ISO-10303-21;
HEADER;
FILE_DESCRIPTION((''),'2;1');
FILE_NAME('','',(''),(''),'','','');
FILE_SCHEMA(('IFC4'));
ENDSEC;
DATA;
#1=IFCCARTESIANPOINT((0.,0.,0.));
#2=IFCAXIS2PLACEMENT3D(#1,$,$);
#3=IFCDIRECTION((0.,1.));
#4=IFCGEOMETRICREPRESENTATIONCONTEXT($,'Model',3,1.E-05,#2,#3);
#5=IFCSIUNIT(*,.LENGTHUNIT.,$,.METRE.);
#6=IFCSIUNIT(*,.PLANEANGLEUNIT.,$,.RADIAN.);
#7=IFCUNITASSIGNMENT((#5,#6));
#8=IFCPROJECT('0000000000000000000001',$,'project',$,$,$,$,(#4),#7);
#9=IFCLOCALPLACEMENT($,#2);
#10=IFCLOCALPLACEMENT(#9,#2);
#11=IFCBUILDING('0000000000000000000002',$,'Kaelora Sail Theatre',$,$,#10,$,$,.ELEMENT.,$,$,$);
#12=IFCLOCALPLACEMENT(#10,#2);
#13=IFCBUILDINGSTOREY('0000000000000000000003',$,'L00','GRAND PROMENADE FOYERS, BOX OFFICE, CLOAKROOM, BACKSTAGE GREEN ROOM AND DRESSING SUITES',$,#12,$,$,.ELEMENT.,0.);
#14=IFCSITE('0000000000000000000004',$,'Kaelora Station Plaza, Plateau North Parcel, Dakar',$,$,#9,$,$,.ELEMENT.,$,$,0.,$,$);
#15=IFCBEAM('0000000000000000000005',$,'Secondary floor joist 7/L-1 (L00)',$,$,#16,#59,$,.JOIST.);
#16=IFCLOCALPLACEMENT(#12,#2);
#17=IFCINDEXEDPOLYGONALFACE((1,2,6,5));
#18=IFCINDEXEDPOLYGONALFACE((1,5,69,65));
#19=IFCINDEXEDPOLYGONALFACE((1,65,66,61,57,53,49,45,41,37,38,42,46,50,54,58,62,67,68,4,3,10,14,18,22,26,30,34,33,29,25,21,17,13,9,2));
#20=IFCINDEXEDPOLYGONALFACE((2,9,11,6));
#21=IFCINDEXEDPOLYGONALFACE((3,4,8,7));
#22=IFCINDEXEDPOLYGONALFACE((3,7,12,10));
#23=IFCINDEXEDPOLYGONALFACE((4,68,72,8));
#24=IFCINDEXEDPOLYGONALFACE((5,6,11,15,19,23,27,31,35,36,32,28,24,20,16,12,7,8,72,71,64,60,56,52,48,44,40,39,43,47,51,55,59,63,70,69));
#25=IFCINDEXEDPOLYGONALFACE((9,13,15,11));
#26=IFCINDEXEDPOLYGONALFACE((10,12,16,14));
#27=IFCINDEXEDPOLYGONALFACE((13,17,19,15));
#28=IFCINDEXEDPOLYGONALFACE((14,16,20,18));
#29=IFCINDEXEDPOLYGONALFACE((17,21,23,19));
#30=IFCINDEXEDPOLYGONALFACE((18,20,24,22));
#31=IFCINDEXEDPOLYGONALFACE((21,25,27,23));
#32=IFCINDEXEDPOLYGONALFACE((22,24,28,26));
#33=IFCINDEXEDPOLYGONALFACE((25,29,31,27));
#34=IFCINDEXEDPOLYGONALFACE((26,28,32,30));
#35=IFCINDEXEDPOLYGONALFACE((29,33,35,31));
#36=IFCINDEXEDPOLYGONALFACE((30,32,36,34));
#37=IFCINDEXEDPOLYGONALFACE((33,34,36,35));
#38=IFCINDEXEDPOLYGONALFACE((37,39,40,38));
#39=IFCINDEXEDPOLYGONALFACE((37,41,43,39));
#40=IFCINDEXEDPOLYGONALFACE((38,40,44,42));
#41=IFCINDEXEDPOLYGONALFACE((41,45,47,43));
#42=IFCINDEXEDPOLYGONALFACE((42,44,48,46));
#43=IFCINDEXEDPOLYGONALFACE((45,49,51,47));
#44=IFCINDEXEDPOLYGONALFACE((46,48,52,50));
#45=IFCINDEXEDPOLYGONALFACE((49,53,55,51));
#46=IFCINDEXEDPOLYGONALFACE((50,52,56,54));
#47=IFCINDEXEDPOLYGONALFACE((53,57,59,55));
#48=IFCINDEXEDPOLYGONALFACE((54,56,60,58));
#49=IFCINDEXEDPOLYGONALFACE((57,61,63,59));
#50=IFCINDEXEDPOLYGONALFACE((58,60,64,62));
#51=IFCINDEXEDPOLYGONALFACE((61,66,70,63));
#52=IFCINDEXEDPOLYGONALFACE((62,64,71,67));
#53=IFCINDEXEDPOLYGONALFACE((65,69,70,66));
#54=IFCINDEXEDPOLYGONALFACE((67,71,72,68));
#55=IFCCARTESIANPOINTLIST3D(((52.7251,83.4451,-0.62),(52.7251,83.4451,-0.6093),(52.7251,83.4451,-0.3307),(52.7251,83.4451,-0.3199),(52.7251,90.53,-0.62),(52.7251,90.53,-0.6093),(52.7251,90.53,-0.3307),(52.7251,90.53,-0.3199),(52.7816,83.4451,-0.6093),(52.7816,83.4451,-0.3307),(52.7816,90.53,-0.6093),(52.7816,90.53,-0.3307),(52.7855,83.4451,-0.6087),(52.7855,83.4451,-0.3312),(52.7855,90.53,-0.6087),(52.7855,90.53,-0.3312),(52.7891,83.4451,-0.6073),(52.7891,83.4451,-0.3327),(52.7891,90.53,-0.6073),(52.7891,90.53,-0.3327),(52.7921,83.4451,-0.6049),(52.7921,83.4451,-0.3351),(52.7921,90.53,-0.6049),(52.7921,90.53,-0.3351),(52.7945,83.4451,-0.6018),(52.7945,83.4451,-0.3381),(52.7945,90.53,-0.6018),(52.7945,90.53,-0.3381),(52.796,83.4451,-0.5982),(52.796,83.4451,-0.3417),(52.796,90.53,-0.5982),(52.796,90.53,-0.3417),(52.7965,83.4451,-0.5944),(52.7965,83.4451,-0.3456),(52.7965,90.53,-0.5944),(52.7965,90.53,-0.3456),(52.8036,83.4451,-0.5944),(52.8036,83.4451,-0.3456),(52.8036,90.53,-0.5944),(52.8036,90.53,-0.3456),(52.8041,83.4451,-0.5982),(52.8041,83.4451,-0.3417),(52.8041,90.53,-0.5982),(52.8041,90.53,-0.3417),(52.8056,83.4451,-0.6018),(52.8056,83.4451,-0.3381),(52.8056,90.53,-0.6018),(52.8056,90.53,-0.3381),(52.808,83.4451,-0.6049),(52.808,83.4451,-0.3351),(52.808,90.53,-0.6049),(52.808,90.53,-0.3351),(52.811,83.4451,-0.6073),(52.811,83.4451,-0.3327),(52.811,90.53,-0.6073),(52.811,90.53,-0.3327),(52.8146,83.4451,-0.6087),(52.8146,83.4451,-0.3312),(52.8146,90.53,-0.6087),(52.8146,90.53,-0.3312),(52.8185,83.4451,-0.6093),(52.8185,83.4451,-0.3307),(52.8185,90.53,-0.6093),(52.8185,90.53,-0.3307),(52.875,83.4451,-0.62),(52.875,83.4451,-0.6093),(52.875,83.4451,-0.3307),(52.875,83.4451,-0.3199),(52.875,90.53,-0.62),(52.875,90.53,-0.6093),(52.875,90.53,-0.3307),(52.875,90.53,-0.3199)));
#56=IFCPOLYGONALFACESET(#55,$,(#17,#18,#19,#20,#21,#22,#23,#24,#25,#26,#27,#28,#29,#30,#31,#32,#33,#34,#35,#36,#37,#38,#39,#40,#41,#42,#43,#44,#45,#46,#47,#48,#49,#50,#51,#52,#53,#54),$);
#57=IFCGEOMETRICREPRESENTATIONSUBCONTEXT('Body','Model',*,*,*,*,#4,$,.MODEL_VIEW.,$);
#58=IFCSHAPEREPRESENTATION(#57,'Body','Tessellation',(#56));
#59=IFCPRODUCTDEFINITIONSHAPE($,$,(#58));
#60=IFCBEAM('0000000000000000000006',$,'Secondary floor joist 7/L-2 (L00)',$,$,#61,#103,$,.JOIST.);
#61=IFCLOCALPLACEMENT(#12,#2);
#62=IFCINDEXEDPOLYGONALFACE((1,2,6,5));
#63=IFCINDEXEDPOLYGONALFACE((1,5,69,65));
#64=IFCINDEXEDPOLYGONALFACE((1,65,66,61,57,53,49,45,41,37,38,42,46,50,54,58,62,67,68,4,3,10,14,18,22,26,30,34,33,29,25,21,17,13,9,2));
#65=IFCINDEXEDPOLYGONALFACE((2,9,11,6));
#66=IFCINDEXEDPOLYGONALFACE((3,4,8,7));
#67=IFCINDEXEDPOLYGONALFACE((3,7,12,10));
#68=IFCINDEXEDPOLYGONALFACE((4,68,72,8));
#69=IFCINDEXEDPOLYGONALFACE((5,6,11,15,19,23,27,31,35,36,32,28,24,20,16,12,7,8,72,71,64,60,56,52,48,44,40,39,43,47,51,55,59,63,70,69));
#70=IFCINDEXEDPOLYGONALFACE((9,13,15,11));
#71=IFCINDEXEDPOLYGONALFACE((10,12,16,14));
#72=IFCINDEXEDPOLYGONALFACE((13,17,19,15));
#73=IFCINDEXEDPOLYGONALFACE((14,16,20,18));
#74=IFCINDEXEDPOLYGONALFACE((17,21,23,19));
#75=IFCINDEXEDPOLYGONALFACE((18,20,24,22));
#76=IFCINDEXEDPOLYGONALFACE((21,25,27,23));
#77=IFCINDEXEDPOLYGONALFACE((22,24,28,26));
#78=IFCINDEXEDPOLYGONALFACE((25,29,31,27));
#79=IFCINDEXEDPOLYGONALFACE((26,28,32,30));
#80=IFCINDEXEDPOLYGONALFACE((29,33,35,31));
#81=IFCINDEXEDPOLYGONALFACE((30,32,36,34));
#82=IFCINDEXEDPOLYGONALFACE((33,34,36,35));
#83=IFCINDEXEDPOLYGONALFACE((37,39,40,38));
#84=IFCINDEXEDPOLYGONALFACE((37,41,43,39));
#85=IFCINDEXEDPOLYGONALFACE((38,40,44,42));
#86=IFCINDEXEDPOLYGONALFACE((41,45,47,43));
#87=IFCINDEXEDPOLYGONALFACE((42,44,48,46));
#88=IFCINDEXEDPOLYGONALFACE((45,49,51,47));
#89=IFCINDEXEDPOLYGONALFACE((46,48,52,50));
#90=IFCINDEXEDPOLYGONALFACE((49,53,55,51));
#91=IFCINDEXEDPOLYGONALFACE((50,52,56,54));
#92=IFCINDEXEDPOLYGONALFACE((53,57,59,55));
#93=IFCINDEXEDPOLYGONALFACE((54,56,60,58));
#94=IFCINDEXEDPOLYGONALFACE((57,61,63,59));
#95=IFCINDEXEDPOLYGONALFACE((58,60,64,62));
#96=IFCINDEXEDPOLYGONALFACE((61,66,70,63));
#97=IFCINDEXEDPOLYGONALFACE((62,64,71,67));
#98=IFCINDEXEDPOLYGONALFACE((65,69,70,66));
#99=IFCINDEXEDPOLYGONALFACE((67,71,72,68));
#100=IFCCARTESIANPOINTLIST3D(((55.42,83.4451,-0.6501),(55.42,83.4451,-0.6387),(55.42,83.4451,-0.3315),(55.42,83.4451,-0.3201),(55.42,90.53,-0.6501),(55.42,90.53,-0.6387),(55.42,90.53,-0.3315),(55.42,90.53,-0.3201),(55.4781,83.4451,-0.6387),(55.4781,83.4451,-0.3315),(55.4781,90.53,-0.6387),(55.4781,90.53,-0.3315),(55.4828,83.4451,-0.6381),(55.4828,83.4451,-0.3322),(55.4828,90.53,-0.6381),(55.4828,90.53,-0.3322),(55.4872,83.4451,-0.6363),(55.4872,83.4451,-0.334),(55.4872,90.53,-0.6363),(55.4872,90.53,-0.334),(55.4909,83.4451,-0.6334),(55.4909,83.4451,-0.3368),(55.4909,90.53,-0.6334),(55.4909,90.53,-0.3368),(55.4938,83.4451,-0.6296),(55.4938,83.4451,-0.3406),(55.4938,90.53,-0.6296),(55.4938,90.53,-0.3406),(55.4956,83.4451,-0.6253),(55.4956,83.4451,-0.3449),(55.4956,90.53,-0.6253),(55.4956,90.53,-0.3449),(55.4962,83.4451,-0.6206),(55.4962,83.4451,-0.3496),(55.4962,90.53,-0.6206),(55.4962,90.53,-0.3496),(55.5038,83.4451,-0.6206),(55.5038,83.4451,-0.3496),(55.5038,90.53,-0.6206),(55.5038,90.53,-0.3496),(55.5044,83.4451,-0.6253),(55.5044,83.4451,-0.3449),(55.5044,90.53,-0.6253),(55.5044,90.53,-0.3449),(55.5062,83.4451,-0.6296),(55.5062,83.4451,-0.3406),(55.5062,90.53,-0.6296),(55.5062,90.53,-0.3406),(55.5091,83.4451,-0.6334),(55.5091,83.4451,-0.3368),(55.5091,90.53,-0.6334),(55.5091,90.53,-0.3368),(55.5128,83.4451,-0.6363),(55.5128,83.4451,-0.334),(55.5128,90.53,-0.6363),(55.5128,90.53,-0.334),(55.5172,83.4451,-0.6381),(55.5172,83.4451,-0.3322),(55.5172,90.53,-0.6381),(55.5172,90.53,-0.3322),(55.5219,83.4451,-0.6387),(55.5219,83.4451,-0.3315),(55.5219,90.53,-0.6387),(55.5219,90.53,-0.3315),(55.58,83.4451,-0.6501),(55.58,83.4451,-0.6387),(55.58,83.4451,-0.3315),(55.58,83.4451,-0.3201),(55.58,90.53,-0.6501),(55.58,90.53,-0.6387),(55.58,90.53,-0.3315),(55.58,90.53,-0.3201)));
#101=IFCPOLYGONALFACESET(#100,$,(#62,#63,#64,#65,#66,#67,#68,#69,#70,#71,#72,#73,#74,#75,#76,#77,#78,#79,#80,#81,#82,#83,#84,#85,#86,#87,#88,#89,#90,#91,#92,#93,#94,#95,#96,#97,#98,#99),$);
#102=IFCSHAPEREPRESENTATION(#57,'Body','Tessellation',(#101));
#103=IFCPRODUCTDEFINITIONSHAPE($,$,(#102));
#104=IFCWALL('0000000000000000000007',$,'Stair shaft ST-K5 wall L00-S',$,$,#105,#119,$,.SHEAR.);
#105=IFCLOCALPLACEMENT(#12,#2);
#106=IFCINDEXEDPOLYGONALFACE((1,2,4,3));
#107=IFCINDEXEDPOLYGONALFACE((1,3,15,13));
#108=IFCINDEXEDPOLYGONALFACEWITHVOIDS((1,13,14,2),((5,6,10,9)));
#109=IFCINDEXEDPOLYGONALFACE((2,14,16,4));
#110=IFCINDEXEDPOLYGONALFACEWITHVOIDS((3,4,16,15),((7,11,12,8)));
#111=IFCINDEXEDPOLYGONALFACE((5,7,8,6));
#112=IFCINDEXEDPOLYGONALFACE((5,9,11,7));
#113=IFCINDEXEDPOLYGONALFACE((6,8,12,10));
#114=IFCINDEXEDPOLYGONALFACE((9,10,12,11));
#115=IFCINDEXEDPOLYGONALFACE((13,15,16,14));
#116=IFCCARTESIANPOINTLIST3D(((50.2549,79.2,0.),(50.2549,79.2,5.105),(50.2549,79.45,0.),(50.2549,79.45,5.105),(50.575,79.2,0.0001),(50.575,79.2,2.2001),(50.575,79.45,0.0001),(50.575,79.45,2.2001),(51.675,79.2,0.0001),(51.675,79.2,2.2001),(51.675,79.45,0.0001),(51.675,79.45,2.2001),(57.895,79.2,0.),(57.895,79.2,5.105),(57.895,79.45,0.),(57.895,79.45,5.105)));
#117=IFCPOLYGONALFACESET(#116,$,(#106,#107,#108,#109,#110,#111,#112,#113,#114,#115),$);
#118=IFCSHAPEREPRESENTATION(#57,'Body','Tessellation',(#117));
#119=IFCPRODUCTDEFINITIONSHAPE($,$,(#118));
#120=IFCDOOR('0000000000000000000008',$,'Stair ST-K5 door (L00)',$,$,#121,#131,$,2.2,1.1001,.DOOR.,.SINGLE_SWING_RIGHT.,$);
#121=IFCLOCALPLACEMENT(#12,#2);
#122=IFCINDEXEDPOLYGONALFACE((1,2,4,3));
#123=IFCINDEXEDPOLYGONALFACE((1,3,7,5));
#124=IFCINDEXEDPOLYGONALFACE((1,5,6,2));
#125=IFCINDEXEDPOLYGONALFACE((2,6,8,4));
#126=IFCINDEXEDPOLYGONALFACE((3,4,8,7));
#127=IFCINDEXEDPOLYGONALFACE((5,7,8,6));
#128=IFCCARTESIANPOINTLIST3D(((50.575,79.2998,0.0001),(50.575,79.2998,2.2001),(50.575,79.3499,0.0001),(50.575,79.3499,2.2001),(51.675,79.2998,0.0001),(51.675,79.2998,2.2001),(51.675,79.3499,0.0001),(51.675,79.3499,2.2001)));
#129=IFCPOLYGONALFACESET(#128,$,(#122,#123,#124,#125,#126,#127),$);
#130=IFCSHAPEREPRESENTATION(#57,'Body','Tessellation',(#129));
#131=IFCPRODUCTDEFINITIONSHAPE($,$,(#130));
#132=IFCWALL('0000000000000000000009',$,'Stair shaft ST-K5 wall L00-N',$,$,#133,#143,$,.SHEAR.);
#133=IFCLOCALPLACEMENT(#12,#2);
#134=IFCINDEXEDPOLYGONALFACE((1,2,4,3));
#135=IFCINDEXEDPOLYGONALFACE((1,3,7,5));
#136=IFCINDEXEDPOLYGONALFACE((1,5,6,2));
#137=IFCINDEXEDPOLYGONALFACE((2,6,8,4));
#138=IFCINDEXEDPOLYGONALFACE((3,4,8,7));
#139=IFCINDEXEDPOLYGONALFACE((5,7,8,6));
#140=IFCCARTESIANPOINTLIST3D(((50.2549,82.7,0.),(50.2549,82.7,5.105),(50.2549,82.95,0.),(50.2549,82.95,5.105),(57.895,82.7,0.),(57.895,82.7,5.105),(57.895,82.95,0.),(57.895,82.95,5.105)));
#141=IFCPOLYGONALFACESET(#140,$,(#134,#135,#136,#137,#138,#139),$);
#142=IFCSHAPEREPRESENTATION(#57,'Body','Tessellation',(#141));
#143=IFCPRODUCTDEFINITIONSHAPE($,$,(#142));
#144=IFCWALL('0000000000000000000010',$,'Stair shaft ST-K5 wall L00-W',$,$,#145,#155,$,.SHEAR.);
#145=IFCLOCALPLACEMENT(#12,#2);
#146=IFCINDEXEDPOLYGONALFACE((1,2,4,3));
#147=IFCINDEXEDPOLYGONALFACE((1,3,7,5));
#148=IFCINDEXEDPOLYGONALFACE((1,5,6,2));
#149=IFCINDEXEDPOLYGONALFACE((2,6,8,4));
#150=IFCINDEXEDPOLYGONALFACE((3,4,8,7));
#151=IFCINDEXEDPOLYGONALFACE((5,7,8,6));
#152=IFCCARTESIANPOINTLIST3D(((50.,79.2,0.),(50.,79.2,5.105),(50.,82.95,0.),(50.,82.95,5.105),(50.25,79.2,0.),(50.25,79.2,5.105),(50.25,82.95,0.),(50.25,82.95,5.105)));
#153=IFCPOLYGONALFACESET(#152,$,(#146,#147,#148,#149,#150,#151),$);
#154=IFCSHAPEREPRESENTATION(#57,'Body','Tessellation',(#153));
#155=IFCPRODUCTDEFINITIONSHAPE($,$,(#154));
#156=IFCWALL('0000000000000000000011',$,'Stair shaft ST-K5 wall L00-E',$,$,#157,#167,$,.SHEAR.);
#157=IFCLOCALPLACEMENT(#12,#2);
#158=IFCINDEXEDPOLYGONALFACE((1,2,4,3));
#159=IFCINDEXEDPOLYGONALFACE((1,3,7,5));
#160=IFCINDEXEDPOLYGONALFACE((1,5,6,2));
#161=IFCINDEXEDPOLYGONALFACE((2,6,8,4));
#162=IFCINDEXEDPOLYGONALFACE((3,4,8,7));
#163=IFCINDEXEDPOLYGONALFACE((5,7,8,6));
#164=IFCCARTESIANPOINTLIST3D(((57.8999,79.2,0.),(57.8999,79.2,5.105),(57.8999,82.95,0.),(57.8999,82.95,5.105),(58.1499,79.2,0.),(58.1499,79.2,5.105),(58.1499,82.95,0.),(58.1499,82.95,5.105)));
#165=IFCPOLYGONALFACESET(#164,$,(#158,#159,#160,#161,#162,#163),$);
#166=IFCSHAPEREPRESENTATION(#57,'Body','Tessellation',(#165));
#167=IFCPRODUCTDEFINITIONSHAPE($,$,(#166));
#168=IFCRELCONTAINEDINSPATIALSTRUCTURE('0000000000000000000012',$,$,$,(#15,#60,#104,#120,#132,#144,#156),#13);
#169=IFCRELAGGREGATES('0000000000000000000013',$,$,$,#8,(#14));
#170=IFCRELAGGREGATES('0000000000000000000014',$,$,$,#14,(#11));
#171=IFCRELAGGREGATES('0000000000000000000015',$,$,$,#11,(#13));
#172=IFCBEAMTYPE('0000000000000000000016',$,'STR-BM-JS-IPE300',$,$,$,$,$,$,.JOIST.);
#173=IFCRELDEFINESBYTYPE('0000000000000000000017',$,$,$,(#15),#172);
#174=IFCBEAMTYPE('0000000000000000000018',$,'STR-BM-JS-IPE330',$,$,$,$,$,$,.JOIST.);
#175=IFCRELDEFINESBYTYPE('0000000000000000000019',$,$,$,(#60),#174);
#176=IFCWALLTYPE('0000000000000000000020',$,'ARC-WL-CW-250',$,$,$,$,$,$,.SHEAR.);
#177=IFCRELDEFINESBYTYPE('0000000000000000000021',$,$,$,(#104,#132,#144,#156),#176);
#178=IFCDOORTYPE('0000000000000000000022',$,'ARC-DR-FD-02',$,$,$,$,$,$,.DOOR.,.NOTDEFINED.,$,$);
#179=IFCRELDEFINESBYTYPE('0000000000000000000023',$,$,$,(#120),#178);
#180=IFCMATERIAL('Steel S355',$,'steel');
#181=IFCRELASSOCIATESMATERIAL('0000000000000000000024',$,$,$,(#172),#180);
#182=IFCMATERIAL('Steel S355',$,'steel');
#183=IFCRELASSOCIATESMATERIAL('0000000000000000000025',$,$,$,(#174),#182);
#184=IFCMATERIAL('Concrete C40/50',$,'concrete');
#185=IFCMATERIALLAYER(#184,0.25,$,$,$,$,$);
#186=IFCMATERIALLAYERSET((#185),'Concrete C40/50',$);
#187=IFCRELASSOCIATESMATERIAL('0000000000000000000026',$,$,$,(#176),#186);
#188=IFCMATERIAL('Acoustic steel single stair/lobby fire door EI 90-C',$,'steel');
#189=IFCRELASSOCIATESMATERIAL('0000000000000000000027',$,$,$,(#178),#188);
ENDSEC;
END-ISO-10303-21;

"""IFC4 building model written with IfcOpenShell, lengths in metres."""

from ifc_helpers import new_model, si_unit, direction, frame, frame_2d, origin, origin_2d, place, context, subcontext, project, spatial, rectangle, i_section, extrude, material, layer, layer_set, material_profile, profile_set, type_object, element, fill, save


model = new_model("IFC4")

# Units and contexts
model_context = context("Model", 3, precision=1e-05, world=origin(), true_north=direction((0.0, 1.0)))
body_context = subcontext(model_context, "Body", "Model", "MODEL_VIEW")
ifc_project = project(units=[si_unit("LENGTHUNIT", "METRE"), si_unit("PLANEANGLEUNIT", "RADIAN")], contexts=[model_context])

# Site, building, storey
site_placement = place(None, origin())
site = spatial("IfcSite", under=ifc_project, at=site_placement, Name="Kaelora Station Plaza, Plateau North Parcel, Dakar", CompositionType="ELEMENT", RefElevation=0.0)
building_placement = place(site_placement, origin())
building = spatial("IfcBuilding", under=site, at=building_placement, Name="Kaelora Sail Theatre", CompositionType="ELEMENT")
storey_placement = place(building_placement, origin())
storey = spatial("IfcBuildingStorey", under=building, at=storey_placement, Name="L00", Description="GRAND PROMENADE FOYERS, BOX OFFICE, CLOAKROOM, BACKSTAGE GREEN ROOM AND DRESSING SUITES", CompositionType="ELEMENT", Elevation=0.0)

# Beams
ifc_material_1 = material(Name="Steel S355", Category="steel")
ifc_material_profile_1 = material_profile(ifc_material_1, i_section(OverallWidth=0.1499, OverallDepth=0.3, WebThickness=0.0071, FlangeThickness=0.0107, FilletRadius=0.0149, at=origin_2d()), Name="IPE 300")
ifc_profile_set_1 = profile_set([ifc_material_profile_1], Name="Steel S355")
beam_type_1 = type_object("IfcBeamType", Name="STR-BM-JS-IPE300", PredefinedType="JOIST", material=ifc_profile_set_1)
beam_1_placement = place(storey_placement, frame((52.8, 83.4451, -0.47), z_axis=(0.0, 1.0, 0.0), x_axis=(-1.0, 0.0, 0.0)))
element("IfcBeam", 1, at=beam_1_placement, inside=storey, type_object=beam_type_1, Name="Secondary floor joist 7/L-1 (L00)", PredefinedType="JOIST", context=body_context, shape_type="SweptSolid", body=[
    extrude(i_section(OverallWidth=0.1499, OverallDepth=0.3, WebThickness=0.0071, FlangeThickness=0.0107, FilletRadius=0.0149, at=origin_2d()), origin(), (0.0, 0.0, 1.0), 7.085),
])
ifc_material_2 = material(Name="Steel S355", Category="steel")
ifc_material_profile_2 = material_profile(ifc_material_2, i_section(OverallWidth=0.1599, OverallDepth=0.3301, WebThickness=0.0076, FlangeThickness=0.0115, FilletRadius=0.0181, at=origin_2d()), Name="IPE 330")
ifc_profile_set_2 = profile_set([ifc_material_profile_2], Name="Steel S355")
beam_type_2 = type_object("IfcBeamType", Name="STR-BM-JS-IPE330", PredefinedType="JOIST", material=ifc_profile_set_2)
beam_2_placement = place(storey_placement, frame((55.5, 83.4451, -0.4851), z_axis=(0.0, 1.0, 0.0), x_axis=(-1.0, 0.0, 0.0)))
element("IfcBeam", 2, at=beam_2_placement, inside=storey, type_object=beam_type_2, Name="Secondary floor joist 7/L-2 (L00)", PredefinedType="JOIST", context=body_context, shape_type="SweptSolid", body=[
    extrude(i_section(OverallWidth=0.1599, OverallDepth=0.3301, WebThickness=0.0076, FlangeThickness=0.0115, FilletRadius=0.0181, at=origin_2d()), origin(), (0.0, 0.0, 1.0), 7.085),
])

# Wall, opening, door
ifc_material_3 = material(Name="Concrete C40/50", Category="concrete")
ifc_layer_1 = layer(ifc_material_3, 0.25)
ifc_layer_set_1 = layer_set([ifc_layer_1], Name="Concrete C40/50")
wall_type_1 = type_object("IfcWallType", Name="ARC-WL-CW-250", PredefinedType="SHEAR", material=ifc_layer_set_1)
wall_1_placement = place(storey_placement, frame((50.2549, 79.325, 0.0), z_axis=(0.0, 0.0, 1.0), x_axis=(1.0, 0.0, 0.0)))
wall_1 = element("IfcWall", 3, at=wall_1_placement, inside=storey, type_object=wall_type_1, Name="Stair shaft ST-K5 wall L00-S", PredefinedType="SHEAR", context=body_context, shape_type="SweptSolid", body=[
    extrude(rectangle(XDim=7.6401, YDim=0.25, at=frame_2d((3.8201, 0.0))), origin(), (0.0, 0.0, 1.0), 5.105),
])
opening_1_placement = place(wall_1_placement, frame((0.3201, 0.0, 0.0)))
opening_1 = element("IfcOpeningElement", 4, at=opening_1_placement, cuts=wall_1, PredefinedType="OPENING", context=body_context, shape_type="SweptSolid", body=[
    extrude(rectangle(XDim=1.1001, YDim=2.2, at=frame_2d((0.55, 1.1001))), frame((0.0, 0.135, 0.0), z_axis=(0.0, -1.0, 0.0), x_axis=(1.0, 0.0, 0.0)), (0.0, 0.0, 1.0), 0.27),
])
ifc_material_4 = material(Name="Acoustic steel single stair/lobby fire door EI 90-C", Category="steel")
door_type_1 = type_object("IfcDoorType", Name="ARC-DR-FD-02", OperationType="NOTDEFINED", PredefinedType="DOOR", material=ifc_material_4)
door_1_placement = place(opening_1_placement, origin())
door_1 = element("IfcDoor", 5, at=door_1_placement, inside=storey, type_object=door_type_1, Name="Stair ST-K5 door (L00)", OperationType="SINGLE_SWING_RIGHT", OverallHeight=2.2, OverallWidth=1.1001, PredefinedType="DOOR", context=body_context, shape_type="SweptSolid", body=[
    extrude(rectangle(XDim=1.1001, YDim=2.2, at=frame_2d((0.55, 1.1001))), frame((0.0, 0.0249, 0.0), z_axis=(0.0, -1.0, 0.0), x_axis=(1.0, 0.0, 0.0)), (0.0, 0.0, 1.0), 0.05),
])
fill(opening_1, door_1)

# Walls
wall_2_placement = place(storey_placement, frame((50.2549, 82.825, 0.0), z_axis=(0.0, 0.0, 1.0), x_axis=(1.0, 0.0, 0.0)))
element("IfcWall", 6, at=wall_2_placement, inside=storey, type_object=wall_type_1, Name="Stair shaft ST-K5 wall L00-N", PredefinedType="SHEAR", context=body_context, shape_type="SweptSolid", body=[
    extrude(rectangle(XDim=7.6401, YDim=0.25, at=frame_2d((3.8201, 0.0))), origin(), (0.0, 0.0, 1.0), 5.105),
])
for number, where, z_axis, x_axis, name in (
    (7, (50.125, 79.2, 0.0), (0.0, 0.0, 1.0), (0.0, 1.0, 0.0), "Stair shaft ST-K5 wall L00-W"),
    (8, (58.0249, 79.2, 0.0), (0.0, 0.0, 1.0), (0.0, 1.0, 0.0), "Stair shaft ST-K5 wall L00-E"),
):
    element("IfcWall", number, at=place(storey_placement, frame(where, z_axis=z_axis, x_axis=x_axis)), inside=storey, type_object=wall_type_1, Name=name, PredefinedType="SHEAR", context=body_context, shape_type="SweptSolid", body=[
        extrude(rectangle(XDim=3.75, YDim=0.25, at=frame_2d((1.875, 0.0))), origin(), (0.0, 0.0, 1.0), 5.105),
    ])

save(model, "model.ifc")
